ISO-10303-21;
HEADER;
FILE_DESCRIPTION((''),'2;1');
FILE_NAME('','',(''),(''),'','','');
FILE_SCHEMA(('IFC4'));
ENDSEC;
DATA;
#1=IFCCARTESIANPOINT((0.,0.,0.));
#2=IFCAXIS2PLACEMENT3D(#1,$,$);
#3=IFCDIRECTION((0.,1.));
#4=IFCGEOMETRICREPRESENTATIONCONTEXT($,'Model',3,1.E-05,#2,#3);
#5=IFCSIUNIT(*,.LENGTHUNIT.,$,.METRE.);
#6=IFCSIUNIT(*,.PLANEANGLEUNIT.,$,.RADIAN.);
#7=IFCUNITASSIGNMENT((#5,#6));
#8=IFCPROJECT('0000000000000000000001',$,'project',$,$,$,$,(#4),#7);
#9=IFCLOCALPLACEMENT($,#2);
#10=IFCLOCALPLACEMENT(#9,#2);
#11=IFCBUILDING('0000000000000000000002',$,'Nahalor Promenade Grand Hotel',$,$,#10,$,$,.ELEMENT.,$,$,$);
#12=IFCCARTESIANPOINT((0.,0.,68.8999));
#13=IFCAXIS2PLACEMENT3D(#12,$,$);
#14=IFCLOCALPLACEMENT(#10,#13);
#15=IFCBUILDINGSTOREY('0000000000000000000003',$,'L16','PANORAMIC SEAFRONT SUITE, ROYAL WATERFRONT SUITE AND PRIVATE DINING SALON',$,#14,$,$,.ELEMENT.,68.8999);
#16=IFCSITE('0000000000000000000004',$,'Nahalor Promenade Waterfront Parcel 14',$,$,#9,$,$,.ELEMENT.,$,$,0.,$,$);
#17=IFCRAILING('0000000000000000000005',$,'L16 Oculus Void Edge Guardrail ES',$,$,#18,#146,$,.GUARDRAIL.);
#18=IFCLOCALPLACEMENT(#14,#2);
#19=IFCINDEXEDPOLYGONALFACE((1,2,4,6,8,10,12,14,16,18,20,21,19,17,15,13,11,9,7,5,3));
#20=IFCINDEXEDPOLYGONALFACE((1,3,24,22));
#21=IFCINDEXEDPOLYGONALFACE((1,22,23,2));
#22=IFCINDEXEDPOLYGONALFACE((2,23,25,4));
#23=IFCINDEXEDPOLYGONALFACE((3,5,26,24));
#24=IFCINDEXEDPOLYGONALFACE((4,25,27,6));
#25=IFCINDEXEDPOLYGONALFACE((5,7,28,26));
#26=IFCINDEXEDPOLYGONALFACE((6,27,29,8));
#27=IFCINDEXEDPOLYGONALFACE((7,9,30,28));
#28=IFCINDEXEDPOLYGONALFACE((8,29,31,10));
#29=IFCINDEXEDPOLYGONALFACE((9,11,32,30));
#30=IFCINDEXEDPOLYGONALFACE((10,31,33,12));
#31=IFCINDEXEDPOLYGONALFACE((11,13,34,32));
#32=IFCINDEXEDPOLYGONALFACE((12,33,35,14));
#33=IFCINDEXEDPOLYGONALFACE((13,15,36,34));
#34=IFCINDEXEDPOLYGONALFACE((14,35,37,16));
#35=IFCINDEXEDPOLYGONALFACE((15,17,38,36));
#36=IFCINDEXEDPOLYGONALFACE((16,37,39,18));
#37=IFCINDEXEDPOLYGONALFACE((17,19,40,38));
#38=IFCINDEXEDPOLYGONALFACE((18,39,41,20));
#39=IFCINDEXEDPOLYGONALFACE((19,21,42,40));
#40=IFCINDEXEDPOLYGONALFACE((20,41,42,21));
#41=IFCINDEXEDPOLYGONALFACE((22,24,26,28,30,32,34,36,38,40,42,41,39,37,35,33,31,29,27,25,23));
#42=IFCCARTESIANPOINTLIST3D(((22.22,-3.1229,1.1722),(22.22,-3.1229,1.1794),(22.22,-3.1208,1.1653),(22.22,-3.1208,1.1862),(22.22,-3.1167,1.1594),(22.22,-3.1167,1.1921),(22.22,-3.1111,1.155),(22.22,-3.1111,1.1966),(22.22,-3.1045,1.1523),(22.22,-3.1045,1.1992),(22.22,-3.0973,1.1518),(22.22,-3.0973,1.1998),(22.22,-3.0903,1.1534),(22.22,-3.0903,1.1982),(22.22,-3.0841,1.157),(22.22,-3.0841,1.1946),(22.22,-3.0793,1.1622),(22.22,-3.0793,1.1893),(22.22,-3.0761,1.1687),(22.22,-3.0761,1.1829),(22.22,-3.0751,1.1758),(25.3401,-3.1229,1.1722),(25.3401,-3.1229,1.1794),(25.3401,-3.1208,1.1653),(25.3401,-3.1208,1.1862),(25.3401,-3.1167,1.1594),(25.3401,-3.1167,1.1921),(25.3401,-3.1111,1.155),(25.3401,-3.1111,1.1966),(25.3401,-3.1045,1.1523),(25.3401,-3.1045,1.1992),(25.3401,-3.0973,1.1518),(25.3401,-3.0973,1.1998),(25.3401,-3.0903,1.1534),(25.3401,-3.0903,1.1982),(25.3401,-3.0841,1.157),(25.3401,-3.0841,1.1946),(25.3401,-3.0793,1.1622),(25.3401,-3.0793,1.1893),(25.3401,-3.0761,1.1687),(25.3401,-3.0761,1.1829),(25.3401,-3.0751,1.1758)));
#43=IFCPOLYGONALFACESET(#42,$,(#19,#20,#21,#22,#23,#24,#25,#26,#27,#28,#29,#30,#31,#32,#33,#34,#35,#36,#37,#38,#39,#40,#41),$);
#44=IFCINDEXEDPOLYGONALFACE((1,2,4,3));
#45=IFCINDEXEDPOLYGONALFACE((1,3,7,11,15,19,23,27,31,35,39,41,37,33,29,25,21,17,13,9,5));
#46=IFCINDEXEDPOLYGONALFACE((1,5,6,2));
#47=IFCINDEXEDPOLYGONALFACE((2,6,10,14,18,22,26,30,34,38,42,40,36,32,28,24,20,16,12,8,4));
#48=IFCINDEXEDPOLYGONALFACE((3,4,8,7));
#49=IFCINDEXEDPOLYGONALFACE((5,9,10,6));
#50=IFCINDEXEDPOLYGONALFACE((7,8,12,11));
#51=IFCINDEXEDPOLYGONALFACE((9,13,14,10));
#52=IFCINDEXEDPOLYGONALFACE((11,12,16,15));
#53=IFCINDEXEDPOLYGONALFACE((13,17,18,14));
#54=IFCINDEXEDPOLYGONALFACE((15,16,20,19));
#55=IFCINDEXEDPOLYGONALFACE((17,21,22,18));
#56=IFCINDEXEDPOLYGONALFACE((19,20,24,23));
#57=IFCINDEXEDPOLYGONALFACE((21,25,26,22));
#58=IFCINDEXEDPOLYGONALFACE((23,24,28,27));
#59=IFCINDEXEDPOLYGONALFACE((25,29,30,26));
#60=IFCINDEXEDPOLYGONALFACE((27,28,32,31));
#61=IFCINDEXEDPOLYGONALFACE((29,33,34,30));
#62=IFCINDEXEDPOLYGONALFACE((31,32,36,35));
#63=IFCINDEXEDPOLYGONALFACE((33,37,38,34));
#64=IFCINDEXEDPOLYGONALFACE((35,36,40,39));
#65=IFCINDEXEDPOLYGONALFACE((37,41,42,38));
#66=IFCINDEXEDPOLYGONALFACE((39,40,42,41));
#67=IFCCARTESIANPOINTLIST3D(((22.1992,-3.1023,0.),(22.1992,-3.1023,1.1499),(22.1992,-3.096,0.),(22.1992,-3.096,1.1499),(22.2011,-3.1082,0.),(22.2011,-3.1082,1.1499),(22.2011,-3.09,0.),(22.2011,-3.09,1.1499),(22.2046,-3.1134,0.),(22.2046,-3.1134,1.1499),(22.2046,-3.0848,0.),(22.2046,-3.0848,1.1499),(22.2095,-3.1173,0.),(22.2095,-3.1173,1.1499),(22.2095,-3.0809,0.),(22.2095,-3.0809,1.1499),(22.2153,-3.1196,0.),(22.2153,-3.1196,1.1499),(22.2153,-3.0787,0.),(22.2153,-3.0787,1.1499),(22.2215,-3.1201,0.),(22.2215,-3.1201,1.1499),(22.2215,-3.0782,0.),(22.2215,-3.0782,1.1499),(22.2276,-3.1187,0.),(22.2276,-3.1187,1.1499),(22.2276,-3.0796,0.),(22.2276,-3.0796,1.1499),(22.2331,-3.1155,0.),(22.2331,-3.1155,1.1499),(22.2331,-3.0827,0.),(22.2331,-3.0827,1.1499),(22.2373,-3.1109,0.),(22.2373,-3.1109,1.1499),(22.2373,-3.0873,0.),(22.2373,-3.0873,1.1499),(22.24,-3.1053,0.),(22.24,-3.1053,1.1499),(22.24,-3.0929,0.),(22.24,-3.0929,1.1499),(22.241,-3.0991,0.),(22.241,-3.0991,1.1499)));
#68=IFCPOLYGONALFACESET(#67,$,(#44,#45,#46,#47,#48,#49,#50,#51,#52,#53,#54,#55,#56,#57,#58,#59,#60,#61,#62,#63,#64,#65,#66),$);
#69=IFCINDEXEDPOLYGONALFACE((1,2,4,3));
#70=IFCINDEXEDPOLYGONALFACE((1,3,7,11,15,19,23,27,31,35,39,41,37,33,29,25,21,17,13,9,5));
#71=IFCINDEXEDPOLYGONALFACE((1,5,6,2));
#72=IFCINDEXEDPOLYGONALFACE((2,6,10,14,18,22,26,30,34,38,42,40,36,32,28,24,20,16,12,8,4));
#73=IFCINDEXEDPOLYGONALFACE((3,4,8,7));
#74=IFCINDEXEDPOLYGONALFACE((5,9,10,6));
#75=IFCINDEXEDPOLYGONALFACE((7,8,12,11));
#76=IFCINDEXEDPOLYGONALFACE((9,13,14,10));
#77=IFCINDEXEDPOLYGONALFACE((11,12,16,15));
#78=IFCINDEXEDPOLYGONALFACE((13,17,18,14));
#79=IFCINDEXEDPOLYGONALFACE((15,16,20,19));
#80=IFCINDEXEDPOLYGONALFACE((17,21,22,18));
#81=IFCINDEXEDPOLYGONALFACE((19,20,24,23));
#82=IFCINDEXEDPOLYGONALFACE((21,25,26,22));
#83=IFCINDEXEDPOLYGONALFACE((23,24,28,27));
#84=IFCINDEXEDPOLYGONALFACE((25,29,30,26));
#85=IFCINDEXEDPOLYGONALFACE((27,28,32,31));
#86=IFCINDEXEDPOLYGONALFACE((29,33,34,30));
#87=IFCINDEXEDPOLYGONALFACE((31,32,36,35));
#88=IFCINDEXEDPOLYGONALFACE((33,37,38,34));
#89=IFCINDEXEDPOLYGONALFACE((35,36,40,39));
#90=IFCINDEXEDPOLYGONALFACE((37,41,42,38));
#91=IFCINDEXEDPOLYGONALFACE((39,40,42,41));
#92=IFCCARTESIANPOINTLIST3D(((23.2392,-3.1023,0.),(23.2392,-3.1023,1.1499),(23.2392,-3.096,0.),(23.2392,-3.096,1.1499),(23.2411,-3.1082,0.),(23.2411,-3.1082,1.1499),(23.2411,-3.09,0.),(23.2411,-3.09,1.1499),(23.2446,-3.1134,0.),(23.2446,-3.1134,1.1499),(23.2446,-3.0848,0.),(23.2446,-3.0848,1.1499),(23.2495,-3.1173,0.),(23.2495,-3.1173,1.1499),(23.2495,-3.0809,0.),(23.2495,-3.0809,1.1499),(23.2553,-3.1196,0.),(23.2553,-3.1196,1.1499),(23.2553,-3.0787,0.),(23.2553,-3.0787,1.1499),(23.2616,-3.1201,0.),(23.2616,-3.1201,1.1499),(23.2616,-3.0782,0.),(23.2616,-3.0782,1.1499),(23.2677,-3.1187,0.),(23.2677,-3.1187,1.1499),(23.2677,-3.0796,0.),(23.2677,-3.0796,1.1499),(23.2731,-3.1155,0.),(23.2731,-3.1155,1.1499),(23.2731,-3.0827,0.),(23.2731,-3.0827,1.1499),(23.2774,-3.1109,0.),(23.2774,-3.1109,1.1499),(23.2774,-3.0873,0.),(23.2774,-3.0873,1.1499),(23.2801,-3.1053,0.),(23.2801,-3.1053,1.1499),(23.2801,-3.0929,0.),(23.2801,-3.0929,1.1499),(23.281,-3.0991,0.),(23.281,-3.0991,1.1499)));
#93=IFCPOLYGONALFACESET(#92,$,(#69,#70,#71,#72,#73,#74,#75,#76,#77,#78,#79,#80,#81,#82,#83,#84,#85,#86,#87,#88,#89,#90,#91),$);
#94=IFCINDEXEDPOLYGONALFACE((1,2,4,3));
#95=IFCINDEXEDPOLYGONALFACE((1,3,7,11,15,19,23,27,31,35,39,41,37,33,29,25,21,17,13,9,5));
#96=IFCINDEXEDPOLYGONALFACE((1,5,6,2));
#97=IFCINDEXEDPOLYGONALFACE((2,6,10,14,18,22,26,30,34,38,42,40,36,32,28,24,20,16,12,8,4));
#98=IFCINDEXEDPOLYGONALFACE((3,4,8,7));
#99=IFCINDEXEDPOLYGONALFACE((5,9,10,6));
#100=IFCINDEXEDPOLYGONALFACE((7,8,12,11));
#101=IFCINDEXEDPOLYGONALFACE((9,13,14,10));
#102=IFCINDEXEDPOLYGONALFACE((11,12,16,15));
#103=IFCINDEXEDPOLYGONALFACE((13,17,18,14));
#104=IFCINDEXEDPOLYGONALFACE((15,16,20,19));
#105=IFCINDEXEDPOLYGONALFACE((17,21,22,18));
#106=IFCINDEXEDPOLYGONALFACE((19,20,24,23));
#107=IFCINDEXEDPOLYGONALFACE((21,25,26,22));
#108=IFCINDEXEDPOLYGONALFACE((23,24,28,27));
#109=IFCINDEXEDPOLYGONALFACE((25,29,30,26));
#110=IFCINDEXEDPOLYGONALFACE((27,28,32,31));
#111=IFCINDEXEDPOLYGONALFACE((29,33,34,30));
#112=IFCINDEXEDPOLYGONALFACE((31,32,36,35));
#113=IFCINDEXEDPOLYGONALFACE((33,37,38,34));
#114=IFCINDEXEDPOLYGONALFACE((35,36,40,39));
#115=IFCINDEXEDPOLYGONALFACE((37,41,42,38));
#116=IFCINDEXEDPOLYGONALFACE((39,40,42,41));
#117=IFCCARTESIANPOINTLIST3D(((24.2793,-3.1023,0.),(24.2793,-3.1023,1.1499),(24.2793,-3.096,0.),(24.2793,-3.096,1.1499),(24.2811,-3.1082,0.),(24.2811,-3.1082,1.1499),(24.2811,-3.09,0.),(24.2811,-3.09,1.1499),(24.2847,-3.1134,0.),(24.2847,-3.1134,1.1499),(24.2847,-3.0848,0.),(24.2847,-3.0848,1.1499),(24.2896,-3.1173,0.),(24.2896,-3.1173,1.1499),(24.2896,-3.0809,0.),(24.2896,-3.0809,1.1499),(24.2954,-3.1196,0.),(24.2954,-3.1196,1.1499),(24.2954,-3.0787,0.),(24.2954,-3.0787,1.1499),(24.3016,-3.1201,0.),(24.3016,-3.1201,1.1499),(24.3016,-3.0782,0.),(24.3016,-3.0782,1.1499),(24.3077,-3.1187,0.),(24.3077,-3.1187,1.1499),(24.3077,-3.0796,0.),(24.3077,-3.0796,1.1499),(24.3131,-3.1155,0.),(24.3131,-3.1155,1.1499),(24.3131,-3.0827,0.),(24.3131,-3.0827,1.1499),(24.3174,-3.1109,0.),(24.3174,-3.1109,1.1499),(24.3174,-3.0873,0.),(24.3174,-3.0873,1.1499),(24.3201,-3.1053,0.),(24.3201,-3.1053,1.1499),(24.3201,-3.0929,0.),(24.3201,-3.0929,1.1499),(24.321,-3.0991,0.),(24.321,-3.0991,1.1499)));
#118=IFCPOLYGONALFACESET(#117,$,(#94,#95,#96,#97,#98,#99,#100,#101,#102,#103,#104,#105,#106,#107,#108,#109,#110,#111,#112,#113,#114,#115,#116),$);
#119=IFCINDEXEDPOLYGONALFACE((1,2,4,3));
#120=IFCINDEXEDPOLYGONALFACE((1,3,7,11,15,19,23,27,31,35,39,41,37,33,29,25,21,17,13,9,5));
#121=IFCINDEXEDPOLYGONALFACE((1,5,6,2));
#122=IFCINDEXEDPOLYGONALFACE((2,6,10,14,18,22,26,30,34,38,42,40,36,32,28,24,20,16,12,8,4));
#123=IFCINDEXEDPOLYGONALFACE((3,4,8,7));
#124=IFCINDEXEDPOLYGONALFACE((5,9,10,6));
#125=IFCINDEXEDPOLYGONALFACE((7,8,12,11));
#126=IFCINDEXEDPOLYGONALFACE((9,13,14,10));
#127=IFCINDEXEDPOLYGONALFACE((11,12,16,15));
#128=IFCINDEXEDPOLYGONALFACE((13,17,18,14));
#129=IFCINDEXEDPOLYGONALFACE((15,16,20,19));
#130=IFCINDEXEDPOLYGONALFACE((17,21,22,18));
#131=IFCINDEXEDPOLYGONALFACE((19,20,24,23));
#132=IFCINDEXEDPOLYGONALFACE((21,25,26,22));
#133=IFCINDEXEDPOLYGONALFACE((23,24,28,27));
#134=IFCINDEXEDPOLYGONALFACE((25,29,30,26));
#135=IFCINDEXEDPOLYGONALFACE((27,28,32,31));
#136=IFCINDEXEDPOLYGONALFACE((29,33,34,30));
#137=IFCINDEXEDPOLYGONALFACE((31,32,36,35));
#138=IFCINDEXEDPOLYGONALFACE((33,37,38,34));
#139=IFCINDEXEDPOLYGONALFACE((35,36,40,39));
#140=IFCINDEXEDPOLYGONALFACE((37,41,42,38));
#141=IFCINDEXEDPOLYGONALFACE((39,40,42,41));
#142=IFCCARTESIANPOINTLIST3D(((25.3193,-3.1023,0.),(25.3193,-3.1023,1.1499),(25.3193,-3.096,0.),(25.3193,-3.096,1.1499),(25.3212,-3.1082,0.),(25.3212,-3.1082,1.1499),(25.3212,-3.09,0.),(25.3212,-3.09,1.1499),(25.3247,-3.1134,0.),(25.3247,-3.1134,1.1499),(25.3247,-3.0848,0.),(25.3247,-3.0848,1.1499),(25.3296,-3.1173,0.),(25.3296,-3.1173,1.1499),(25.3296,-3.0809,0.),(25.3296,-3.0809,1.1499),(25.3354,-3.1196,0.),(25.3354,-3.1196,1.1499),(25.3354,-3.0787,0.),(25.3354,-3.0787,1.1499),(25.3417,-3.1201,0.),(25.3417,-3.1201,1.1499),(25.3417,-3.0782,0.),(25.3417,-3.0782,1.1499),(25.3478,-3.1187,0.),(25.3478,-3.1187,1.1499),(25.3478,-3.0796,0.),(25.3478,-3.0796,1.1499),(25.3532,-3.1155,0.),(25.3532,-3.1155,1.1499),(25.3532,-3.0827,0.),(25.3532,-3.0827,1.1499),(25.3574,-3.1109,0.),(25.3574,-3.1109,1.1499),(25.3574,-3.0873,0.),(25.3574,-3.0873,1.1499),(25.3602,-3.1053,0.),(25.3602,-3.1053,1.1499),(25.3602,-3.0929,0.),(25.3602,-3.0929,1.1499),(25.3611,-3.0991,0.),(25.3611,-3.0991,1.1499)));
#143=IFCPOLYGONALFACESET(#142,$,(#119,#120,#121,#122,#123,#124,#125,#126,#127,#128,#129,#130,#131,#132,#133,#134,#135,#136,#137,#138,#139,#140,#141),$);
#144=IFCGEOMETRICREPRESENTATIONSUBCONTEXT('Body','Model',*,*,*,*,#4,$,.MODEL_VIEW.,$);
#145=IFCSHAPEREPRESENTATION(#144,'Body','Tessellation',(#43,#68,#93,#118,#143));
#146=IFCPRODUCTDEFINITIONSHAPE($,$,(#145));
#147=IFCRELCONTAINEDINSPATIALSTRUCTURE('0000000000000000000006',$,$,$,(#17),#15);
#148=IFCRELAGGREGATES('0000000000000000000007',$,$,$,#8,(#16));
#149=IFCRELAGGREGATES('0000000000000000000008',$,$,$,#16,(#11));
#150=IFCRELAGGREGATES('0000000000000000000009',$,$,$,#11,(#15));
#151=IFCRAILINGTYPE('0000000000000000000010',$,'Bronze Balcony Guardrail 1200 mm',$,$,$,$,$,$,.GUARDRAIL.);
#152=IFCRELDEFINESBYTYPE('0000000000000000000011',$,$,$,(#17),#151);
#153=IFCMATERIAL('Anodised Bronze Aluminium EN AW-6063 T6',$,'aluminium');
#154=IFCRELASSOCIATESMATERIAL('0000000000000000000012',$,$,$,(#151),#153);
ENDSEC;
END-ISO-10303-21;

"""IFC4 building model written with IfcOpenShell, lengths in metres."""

from ifc_helpers import new_model, si_unit, direction, frame, origin, origin_2d, place, context, subcontext, project, spatial, circle, extrude, material, type_object, element, save


model = new_model("IFC4")

# Units and contexts
model_context = context("Model", 3, precision=1e-05, world=origin(), true_north=direction((0.0, 1.0)))
body_context = subcontext(model_context, "Body", "Model", "MODEL_VIEW")
ifc_project = project(units=[si_unit("LENGTHUNIT", "METRE"), si_unit("PLANEANGLEUNIT", "RADIAN")], contexts=[model_context])

# Site, building, storey
site_placement = place(None, origin())
site = spatial("IfcSite", under=ifc_project, at=site_placement, Name="Nahalor Promenade Waterfront Parcel 14", CompositionType="ELEMENT", RefElevation=0.0)
building_placement = place(site_placement, origin())
building = spatial("IfcBuilding", under=site, at=building_placement, Name="Nahalor Promenade Grand Hotel", CompositionType="ELEMENT")
storey_placement = place(building_placement, frame((0.0, 0.0, 68.8999)))
storey = spatial("IfcBuildingStorey", under=building, at=storey_placement, Name="L16", Description="PANORAMIC SEAFRONT SUITE, ROYAL WATERFRONT SUITE AND PRIVATE DINING SALON", CompositionType="ELEMENT", Elevation=68.8999)

# Shared definitions
ifc_material_1 = material(Name="Anodised Bronze Aluminium EN AW-6063 T6", Category="aluminium")

# Railing
railing_type = type_object("IfcRailingType", Name="Bronze Balcony Guardrail 1200 mm", PredefinedType="GUARDRAIL", material=ifc_material_1)
for number, where, name in (
    (1, (22.22, -3.0991, 0.0), "L16 Oculus Void Edge Guardrail ES"),
):
    element("IfcRailing", number, at=place(storey_placement, frame(where)), inside=storey, type_object=railing_type, Name=name, PredefinedType="GUARDRAIL", context=body_context, shape_type="SweptSolid", body=[
        extrude(circle(Radius=0.024, at=origin_2d()), frame((0.0, 0.0, 1.1758), z_axis=(1.0, 0.0, 0.0), x_axis=(0.0, 1.0, 0.0)), (0.0, 0.0, 1.0), 3.1201),
        extrude(circle(Radius=0.021, at=origin_2d()), origin(), (0.0, 0.0, 1.0), 1.1499),
        extrude(circle(Radius=0.021, at=origin_2d()), frame((1.04, 0.0, 0.0)), (0.0, 0.0, 1.0), 1.1499),
        extrude(circle(Radius=0.021, at=origin_2d()), frame((2.0801, 0.0, 0.0)), (0.0, 0.0, 1.0), 1.1499),
        extrude(circle(Radius=0.021, at=origin_2d()), frame((3.1201, 0.0, 0.0)), (0.0, 0.0, 1.0), 1.1499),
    ])

save(model, "model.ifc")
